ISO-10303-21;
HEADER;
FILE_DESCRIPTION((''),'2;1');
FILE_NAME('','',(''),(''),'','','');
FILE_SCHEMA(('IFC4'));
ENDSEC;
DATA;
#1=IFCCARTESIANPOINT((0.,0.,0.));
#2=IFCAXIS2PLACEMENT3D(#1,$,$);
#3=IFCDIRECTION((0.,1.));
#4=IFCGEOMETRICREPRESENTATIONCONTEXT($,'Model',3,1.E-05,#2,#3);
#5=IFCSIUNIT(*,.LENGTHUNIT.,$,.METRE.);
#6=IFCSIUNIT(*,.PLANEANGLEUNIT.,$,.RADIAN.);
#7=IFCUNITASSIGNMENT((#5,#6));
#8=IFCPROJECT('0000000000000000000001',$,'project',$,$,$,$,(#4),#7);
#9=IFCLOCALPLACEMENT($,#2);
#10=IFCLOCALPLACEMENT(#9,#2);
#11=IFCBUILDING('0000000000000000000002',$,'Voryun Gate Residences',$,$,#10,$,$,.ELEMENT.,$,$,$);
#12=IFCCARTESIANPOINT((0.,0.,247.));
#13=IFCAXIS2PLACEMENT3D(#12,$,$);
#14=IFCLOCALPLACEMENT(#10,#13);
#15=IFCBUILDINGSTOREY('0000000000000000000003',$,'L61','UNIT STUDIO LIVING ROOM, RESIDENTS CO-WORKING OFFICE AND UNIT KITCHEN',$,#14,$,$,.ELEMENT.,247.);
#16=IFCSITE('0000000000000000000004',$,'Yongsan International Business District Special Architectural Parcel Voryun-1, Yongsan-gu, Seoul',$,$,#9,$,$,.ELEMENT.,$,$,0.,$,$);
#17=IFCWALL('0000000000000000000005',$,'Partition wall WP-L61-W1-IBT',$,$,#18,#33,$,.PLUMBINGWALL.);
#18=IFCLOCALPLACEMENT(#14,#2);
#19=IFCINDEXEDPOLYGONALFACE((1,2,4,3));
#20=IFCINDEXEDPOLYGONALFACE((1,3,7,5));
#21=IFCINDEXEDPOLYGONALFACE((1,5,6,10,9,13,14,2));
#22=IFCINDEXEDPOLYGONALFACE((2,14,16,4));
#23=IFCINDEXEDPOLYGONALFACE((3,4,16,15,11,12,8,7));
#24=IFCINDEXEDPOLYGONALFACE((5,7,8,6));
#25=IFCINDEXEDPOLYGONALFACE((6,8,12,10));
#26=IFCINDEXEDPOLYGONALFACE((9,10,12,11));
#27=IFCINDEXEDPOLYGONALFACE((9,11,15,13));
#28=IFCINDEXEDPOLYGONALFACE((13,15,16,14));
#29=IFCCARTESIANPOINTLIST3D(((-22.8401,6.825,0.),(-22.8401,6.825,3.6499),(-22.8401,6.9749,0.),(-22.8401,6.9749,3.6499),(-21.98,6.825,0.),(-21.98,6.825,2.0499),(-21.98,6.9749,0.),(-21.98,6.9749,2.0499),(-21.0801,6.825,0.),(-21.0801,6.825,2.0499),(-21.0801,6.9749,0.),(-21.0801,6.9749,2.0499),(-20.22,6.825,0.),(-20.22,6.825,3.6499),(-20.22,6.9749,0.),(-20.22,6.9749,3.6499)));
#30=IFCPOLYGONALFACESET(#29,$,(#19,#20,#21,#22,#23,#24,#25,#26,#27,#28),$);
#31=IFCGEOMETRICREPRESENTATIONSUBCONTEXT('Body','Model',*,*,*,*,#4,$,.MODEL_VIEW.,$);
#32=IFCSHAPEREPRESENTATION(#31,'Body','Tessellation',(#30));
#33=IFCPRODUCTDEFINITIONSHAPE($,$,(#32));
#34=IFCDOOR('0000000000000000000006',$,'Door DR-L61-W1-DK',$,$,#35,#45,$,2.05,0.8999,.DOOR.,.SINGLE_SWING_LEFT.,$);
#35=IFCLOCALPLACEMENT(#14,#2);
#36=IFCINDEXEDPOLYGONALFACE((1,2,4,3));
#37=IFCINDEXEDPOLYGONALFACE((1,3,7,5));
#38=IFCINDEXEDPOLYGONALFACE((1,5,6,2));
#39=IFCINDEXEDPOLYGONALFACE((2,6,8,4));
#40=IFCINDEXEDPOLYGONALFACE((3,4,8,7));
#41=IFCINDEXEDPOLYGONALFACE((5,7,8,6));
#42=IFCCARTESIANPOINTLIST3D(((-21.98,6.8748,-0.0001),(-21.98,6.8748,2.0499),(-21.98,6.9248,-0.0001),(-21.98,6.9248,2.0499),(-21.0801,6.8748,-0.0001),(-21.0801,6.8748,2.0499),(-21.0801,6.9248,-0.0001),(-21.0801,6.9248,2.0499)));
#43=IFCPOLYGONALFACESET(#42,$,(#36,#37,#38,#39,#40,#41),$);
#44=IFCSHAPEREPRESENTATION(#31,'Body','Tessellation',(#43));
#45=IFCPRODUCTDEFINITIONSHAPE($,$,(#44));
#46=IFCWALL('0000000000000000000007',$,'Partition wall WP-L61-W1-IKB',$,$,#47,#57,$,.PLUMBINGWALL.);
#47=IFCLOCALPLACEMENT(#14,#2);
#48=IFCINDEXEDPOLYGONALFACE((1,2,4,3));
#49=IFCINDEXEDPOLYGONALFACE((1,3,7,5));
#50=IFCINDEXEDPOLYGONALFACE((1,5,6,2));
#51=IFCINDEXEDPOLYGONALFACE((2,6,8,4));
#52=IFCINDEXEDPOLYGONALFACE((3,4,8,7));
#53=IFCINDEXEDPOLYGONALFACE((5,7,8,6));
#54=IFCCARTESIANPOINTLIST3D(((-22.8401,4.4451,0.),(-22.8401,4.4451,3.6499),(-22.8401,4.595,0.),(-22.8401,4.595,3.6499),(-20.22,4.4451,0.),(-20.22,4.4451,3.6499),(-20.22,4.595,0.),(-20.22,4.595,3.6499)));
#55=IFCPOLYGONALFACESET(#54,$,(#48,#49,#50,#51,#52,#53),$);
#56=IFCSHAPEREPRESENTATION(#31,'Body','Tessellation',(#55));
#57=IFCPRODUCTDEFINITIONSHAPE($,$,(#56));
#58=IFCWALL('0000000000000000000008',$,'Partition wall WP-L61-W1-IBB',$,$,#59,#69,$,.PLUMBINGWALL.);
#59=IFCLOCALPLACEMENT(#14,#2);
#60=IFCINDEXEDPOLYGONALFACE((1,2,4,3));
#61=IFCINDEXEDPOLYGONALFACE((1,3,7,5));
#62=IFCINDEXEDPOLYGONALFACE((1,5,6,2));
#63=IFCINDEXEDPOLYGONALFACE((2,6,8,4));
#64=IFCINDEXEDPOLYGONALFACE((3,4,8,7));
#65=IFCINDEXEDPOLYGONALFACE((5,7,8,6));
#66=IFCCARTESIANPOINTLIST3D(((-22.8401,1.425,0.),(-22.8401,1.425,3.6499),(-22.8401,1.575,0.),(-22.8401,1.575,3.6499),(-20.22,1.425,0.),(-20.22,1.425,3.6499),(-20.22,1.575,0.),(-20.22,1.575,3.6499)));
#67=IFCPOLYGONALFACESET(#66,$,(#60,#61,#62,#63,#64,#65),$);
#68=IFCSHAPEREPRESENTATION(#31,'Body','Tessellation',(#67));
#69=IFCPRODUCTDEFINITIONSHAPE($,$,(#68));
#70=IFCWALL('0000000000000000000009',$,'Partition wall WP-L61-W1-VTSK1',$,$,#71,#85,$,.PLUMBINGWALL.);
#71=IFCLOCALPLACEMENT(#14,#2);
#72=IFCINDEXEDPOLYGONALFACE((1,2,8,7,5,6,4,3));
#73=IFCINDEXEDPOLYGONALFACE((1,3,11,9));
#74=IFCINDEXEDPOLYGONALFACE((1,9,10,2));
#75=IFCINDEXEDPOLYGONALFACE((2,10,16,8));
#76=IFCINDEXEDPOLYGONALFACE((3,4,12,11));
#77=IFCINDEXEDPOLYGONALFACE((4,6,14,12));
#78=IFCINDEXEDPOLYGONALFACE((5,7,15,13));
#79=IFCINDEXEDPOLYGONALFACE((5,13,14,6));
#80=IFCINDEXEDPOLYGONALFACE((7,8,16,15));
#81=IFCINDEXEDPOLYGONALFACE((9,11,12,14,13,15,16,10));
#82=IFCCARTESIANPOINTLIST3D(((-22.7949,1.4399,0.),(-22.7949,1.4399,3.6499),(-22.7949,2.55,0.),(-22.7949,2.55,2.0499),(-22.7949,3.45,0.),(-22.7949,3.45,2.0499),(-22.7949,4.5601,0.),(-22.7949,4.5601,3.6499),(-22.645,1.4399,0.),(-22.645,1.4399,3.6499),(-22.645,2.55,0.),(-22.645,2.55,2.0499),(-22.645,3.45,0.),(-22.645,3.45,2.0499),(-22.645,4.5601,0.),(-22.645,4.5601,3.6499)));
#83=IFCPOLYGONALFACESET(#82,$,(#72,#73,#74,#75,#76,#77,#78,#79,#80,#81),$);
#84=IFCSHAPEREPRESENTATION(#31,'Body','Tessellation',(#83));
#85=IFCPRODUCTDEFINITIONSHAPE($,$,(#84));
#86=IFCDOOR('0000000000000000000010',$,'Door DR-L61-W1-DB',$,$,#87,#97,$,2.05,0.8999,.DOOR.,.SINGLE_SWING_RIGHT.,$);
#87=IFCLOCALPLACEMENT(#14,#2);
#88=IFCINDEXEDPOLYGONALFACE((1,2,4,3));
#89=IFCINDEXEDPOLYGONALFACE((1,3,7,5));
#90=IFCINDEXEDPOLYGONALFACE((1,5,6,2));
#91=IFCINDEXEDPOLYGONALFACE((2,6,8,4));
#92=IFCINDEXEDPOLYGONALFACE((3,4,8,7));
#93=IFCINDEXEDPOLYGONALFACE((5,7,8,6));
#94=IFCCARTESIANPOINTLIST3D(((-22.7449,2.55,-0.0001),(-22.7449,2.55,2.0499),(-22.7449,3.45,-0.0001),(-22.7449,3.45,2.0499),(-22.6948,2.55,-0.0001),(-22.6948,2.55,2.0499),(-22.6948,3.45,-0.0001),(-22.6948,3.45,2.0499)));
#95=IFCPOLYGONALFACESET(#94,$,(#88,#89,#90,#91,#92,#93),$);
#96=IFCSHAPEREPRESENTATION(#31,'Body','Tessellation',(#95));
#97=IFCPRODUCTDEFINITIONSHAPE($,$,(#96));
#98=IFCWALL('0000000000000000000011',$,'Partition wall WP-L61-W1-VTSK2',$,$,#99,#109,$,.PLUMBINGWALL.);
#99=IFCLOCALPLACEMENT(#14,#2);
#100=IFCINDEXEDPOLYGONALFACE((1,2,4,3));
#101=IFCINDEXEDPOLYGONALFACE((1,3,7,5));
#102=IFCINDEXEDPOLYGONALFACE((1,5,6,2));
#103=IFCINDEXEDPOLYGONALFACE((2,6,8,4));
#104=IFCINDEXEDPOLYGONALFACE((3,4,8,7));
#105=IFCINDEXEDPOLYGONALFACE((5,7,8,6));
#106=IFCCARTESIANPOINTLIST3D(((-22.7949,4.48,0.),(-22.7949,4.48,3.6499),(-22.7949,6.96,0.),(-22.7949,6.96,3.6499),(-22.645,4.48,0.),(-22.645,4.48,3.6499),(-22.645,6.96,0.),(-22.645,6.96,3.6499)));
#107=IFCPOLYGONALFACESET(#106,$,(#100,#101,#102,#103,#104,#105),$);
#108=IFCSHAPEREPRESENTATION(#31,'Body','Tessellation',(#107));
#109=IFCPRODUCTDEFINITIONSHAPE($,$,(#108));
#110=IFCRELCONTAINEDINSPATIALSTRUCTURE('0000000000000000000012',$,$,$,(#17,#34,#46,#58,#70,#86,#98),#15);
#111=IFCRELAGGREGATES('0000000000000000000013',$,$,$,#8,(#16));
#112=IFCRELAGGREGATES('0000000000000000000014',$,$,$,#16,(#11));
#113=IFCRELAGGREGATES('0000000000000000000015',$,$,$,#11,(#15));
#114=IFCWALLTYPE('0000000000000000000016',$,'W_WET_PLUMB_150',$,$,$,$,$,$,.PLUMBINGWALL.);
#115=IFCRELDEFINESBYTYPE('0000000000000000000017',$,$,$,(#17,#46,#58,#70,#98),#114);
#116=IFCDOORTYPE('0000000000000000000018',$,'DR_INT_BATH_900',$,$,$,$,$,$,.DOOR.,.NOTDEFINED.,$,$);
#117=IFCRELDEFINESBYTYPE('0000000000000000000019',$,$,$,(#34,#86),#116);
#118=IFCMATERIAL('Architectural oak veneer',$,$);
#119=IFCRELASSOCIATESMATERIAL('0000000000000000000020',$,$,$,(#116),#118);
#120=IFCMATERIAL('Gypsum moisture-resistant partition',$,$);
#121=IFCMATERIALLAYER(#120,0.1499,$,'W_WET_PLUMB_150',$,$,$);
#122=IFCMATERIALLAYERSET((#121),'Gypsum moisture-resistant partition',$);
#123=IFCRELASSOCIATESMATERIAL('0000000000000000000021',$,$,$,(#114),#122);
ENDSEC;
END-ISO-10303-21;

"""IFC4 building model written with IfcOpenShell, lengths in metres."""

from ifc_helpers import new_model, si_unit, direction, frame, frame_2d, origin, place, context, subcontext, project, spatial, rectangle, extrude, material, layer, layer_set, type_object, element, fill, save


model = new_model("IFC4")

# Units and contexts
model_context = context("Model", 3, precision=1e-05, world=origin(), true_north=direction((0.0, 1.0)))
body_context = subcontext(model_context, "Body", "Model", "MODEL_VIEW")
ifc_project = project(units=[si_unit("LENGTHUNIT", "METRE"), si_unit("PLANEANGLEUNIT", "RADIAN")], contexts=[model_context])

# Site, building, storey
site_placement = place(None, origin())
site = spatial("IfcSite", under=ifc_project, at=site_placement, Name="Yongsan International Business District Special Architectural Parcel Voryun-1, Yongsan-gu, Seoul", CompositionType="ELEMENT", RefElevation=0.0)
building_placement = place(site_placement, origin())
building = spatial("IfcBuilding", under=site, at=building_placement, Name="Voryun Gate Residences", CompositionType="ELEMENT")
storey_placement = place(building_placement, frame((0.0, 0.0, 247.0)))
storey = spatial("IfcBuildingStorey", under=building, at=storey_placement, Name="L61", Description="UNIT STUDIO LIVING ROOM, RESIDENTS CO-WORKING OFFICE AND UNIT KITCHEN", CompositionType="ELEMENT", Elevation=247.0)

# Wall, opening, door
ifc_material_1 = material(Name="Architectural oak veneer")
door_type_1 = type_object("IfcDoorType", Name="DR_INT_BATH_900", OperationType="NOTDEFINED", PredefinedType="DOOR", material=ifc_material_1)
ifc_material_2 = material(Name="Gypsum moisture-resistant partition")
ifc_layer_1 = layer(ifc_material_2, 0.1499, Name="W_WET_PLUMB_150")
ifc_layer_set_1 = layer_set([ifc_layer_1], Name="Gypsum moisture-resistant partition")
wall_type_1 = type_object("IfcWallType", Name="W_WET_PLUMB_150", PredefinedType="PLUMBINGWALL", material=ifc_layer_set_1)
wall_1_placement = place(storey_placement, frame((-22.8401, 6.8999, 0.0), z_axis=(0.0, 0.0, 1.0), x_axis=(1.0, 0.0, 0.0)))
wall_1 = element("IfcWall", 1, at=wall_1_placement, inside=storey, type_object=wall_type_1, Name="Partition wall WP-L61-W1-IBT", PredefinedType="PLUMBINGWALL", context=body_context, shape_type="SweptSolid", body=[
    extrude(rectangle(XDim=2.6201, YDim=0.1499, at=frame_2d((1.3101, 0.0))), origin(), (0.0, 0.0, 1.0), 3.6499),
])
opening_1_placement = place(wall_1_placement, frame((0.8601, 0.0, 0.0)))
opening_1 = element("IfcOpeningElement", 2, at=opening_1_placement, cuts=wall_1, PredefinedType="OPENING", context=body_context, shape_type="SweptSolid", body=[
    extrude(rectangle(XDim=0.8999, YDim=2.05, at=frame_2d((0.45, 1.0249))), frame((0.0, 0.085, 0.0), z_axis=(0.0, -1.0, 0.0), x_axis=(1.0, 0.0, 0.0)), (0.0, 0.0, 1.0), 0.1699),
])
door_1_placement = place(opening_1_placement, origin())
door_1 = element("IfcDoor", 3, at=door_1_placement, inside=storey, type_object=door_type_1, Name="Door DR-L61-W1-DK", OperationType="SINGLE_SWING_LEFT", OverallHeight=2.05, OverallWidth=0.8999, PredefinedType="DOOR", context=body_context, shape_type="SweptSolid", body=[
    extrude(rectangle(XDim=0.8999, YDim=2.05, at=frame_2d((0.45, 1.0249))), frame((0.0, 0.0249, 0.0), z_axis=(0.0, -1.0, 0.0), x_axis=(1.0, 0.0, 0.0)), (0.0, 0.0, 1.0), 0.05),
])
fill(opening_1, door_1)

# Walls
for number, where, z_axis, x_axis, name in (
    (4, (-22.8401, 4.52, 0.0), (0.0, 0.0, 1.0), (1.0, 0.0, 0.0), "Partition wall WP-L61-W1-IKB"),
    (5, (-22.8401, 1.5, 0.0), (0.0, 0.0, 1.0), (1.0, 0.0, 0.0), "Partition wall WP-L61-W1-IBB"),
):
    element("IfcWall", number, at=place(storey_placement, frame(where, z_axis=z_axis, x_axis=x_axis)), inside=storey, type_object=wall_type_1, Name=name, PredefinedType="PLUMBINGWALL", context=body_context, shape_type="SweptSolid", body=[
        extrude(rectangle(XDim=2.6201, YDim=0.1499, at=frame_2d((1.3101, 0.0))), origin(), (0.0, 0.0, 1.0), 3.6499),
    ])

# Wall, opening, door
wall_2_placement = place(storey_placement, frame((-22.72, 1.4399, 0.0), z_axis=(0.0, 0.0, 1.0), x_axis=(0.0, 1.0, 0.0)))
wall_2 = element("IfcWall", 6, at=wall_2_placement, inside=storey, type_object=wall_type_1, Name="Partition wall WP-L61-W1-VTSK1", PredefinedType="PLUMBINGWALL", context=body_context, shape_type="SweptSolid", body=[
    extrude(rectangle(XDim=3.1201, YDim=0.1499, at=frame_2d((1.5601, 0.0))), origin(), (0.0, 0.0, 1.0), 3.6499),
])
opening_2_placement = place(wall_2_placement, frame((1.1101, 0.0, 0.0)))
opening_2 = element("IfcOpeningElement", 7, at=opening_2_placement, cuts=wall_2, PredefinedType="OPENING", context=body_context, shape_type="SweptSolid", body=[
    extrude(rectangle(XDim=0.8999, YDim=2.05, at=frame_2d((0.45, 1.0249))), frame((0.0, 0.085, 0.0), z_axis=(0.0, -1.0, 0.0), x_axis=(1.0, 0.0, 0.0)), (0.0, 0.0, 1.0), 0.1699),
])
door_2_placement = place(opening_2_placement, origin())
door_2 = element("IfcDoor", 8, at=door_2_placement, inside=storey, type_object=door_type_1, Name="Door DR-L61-W1-DB", OperationType="SINGLE_SWING_RIGHT", OverallHeight=2.05, OverallWidth=0.8999, PredefinedType="DOOR", context=body_context, shape_type="SweptSolid", body=[
    extrude(rectangle(XDim=0.8999, YDim=2.05, at=frame_2d((0.45, 1.0249))), frame((0.0, 0.0249, 0.0), z_axis=(0.0, -1.0, 0.0), x_axis=(1.0, 0.0, 0.0)), (0.0, 0.0, 1.0), 0.05),
])
fill(opening_2, door_2)

# Wall
wall_3_placement = place(storey_placement, frame((-22.72, 4.48, 0.0), z_axis=(0.0, 0.0, 1.0), x_axis=(0.0, 1.0, 0.0)))
element("IfcWall", 9, at=wall_3_placement, inside=storey, type_object=wall_type_1, Name="Partition wall WP-L61-W1-VTSK2", PredefinedType="PLUMBINGWALL", context=body_context, shape_type="SweptSolid", body=[
    extrude(rectangle(XDim=2.48, YDim=0.1499, at=frame_2d((1.24, 0.0))), origin(), (0.0, 0.0, 1.0), 3.6499),
])

save(model, "model.ifc")
